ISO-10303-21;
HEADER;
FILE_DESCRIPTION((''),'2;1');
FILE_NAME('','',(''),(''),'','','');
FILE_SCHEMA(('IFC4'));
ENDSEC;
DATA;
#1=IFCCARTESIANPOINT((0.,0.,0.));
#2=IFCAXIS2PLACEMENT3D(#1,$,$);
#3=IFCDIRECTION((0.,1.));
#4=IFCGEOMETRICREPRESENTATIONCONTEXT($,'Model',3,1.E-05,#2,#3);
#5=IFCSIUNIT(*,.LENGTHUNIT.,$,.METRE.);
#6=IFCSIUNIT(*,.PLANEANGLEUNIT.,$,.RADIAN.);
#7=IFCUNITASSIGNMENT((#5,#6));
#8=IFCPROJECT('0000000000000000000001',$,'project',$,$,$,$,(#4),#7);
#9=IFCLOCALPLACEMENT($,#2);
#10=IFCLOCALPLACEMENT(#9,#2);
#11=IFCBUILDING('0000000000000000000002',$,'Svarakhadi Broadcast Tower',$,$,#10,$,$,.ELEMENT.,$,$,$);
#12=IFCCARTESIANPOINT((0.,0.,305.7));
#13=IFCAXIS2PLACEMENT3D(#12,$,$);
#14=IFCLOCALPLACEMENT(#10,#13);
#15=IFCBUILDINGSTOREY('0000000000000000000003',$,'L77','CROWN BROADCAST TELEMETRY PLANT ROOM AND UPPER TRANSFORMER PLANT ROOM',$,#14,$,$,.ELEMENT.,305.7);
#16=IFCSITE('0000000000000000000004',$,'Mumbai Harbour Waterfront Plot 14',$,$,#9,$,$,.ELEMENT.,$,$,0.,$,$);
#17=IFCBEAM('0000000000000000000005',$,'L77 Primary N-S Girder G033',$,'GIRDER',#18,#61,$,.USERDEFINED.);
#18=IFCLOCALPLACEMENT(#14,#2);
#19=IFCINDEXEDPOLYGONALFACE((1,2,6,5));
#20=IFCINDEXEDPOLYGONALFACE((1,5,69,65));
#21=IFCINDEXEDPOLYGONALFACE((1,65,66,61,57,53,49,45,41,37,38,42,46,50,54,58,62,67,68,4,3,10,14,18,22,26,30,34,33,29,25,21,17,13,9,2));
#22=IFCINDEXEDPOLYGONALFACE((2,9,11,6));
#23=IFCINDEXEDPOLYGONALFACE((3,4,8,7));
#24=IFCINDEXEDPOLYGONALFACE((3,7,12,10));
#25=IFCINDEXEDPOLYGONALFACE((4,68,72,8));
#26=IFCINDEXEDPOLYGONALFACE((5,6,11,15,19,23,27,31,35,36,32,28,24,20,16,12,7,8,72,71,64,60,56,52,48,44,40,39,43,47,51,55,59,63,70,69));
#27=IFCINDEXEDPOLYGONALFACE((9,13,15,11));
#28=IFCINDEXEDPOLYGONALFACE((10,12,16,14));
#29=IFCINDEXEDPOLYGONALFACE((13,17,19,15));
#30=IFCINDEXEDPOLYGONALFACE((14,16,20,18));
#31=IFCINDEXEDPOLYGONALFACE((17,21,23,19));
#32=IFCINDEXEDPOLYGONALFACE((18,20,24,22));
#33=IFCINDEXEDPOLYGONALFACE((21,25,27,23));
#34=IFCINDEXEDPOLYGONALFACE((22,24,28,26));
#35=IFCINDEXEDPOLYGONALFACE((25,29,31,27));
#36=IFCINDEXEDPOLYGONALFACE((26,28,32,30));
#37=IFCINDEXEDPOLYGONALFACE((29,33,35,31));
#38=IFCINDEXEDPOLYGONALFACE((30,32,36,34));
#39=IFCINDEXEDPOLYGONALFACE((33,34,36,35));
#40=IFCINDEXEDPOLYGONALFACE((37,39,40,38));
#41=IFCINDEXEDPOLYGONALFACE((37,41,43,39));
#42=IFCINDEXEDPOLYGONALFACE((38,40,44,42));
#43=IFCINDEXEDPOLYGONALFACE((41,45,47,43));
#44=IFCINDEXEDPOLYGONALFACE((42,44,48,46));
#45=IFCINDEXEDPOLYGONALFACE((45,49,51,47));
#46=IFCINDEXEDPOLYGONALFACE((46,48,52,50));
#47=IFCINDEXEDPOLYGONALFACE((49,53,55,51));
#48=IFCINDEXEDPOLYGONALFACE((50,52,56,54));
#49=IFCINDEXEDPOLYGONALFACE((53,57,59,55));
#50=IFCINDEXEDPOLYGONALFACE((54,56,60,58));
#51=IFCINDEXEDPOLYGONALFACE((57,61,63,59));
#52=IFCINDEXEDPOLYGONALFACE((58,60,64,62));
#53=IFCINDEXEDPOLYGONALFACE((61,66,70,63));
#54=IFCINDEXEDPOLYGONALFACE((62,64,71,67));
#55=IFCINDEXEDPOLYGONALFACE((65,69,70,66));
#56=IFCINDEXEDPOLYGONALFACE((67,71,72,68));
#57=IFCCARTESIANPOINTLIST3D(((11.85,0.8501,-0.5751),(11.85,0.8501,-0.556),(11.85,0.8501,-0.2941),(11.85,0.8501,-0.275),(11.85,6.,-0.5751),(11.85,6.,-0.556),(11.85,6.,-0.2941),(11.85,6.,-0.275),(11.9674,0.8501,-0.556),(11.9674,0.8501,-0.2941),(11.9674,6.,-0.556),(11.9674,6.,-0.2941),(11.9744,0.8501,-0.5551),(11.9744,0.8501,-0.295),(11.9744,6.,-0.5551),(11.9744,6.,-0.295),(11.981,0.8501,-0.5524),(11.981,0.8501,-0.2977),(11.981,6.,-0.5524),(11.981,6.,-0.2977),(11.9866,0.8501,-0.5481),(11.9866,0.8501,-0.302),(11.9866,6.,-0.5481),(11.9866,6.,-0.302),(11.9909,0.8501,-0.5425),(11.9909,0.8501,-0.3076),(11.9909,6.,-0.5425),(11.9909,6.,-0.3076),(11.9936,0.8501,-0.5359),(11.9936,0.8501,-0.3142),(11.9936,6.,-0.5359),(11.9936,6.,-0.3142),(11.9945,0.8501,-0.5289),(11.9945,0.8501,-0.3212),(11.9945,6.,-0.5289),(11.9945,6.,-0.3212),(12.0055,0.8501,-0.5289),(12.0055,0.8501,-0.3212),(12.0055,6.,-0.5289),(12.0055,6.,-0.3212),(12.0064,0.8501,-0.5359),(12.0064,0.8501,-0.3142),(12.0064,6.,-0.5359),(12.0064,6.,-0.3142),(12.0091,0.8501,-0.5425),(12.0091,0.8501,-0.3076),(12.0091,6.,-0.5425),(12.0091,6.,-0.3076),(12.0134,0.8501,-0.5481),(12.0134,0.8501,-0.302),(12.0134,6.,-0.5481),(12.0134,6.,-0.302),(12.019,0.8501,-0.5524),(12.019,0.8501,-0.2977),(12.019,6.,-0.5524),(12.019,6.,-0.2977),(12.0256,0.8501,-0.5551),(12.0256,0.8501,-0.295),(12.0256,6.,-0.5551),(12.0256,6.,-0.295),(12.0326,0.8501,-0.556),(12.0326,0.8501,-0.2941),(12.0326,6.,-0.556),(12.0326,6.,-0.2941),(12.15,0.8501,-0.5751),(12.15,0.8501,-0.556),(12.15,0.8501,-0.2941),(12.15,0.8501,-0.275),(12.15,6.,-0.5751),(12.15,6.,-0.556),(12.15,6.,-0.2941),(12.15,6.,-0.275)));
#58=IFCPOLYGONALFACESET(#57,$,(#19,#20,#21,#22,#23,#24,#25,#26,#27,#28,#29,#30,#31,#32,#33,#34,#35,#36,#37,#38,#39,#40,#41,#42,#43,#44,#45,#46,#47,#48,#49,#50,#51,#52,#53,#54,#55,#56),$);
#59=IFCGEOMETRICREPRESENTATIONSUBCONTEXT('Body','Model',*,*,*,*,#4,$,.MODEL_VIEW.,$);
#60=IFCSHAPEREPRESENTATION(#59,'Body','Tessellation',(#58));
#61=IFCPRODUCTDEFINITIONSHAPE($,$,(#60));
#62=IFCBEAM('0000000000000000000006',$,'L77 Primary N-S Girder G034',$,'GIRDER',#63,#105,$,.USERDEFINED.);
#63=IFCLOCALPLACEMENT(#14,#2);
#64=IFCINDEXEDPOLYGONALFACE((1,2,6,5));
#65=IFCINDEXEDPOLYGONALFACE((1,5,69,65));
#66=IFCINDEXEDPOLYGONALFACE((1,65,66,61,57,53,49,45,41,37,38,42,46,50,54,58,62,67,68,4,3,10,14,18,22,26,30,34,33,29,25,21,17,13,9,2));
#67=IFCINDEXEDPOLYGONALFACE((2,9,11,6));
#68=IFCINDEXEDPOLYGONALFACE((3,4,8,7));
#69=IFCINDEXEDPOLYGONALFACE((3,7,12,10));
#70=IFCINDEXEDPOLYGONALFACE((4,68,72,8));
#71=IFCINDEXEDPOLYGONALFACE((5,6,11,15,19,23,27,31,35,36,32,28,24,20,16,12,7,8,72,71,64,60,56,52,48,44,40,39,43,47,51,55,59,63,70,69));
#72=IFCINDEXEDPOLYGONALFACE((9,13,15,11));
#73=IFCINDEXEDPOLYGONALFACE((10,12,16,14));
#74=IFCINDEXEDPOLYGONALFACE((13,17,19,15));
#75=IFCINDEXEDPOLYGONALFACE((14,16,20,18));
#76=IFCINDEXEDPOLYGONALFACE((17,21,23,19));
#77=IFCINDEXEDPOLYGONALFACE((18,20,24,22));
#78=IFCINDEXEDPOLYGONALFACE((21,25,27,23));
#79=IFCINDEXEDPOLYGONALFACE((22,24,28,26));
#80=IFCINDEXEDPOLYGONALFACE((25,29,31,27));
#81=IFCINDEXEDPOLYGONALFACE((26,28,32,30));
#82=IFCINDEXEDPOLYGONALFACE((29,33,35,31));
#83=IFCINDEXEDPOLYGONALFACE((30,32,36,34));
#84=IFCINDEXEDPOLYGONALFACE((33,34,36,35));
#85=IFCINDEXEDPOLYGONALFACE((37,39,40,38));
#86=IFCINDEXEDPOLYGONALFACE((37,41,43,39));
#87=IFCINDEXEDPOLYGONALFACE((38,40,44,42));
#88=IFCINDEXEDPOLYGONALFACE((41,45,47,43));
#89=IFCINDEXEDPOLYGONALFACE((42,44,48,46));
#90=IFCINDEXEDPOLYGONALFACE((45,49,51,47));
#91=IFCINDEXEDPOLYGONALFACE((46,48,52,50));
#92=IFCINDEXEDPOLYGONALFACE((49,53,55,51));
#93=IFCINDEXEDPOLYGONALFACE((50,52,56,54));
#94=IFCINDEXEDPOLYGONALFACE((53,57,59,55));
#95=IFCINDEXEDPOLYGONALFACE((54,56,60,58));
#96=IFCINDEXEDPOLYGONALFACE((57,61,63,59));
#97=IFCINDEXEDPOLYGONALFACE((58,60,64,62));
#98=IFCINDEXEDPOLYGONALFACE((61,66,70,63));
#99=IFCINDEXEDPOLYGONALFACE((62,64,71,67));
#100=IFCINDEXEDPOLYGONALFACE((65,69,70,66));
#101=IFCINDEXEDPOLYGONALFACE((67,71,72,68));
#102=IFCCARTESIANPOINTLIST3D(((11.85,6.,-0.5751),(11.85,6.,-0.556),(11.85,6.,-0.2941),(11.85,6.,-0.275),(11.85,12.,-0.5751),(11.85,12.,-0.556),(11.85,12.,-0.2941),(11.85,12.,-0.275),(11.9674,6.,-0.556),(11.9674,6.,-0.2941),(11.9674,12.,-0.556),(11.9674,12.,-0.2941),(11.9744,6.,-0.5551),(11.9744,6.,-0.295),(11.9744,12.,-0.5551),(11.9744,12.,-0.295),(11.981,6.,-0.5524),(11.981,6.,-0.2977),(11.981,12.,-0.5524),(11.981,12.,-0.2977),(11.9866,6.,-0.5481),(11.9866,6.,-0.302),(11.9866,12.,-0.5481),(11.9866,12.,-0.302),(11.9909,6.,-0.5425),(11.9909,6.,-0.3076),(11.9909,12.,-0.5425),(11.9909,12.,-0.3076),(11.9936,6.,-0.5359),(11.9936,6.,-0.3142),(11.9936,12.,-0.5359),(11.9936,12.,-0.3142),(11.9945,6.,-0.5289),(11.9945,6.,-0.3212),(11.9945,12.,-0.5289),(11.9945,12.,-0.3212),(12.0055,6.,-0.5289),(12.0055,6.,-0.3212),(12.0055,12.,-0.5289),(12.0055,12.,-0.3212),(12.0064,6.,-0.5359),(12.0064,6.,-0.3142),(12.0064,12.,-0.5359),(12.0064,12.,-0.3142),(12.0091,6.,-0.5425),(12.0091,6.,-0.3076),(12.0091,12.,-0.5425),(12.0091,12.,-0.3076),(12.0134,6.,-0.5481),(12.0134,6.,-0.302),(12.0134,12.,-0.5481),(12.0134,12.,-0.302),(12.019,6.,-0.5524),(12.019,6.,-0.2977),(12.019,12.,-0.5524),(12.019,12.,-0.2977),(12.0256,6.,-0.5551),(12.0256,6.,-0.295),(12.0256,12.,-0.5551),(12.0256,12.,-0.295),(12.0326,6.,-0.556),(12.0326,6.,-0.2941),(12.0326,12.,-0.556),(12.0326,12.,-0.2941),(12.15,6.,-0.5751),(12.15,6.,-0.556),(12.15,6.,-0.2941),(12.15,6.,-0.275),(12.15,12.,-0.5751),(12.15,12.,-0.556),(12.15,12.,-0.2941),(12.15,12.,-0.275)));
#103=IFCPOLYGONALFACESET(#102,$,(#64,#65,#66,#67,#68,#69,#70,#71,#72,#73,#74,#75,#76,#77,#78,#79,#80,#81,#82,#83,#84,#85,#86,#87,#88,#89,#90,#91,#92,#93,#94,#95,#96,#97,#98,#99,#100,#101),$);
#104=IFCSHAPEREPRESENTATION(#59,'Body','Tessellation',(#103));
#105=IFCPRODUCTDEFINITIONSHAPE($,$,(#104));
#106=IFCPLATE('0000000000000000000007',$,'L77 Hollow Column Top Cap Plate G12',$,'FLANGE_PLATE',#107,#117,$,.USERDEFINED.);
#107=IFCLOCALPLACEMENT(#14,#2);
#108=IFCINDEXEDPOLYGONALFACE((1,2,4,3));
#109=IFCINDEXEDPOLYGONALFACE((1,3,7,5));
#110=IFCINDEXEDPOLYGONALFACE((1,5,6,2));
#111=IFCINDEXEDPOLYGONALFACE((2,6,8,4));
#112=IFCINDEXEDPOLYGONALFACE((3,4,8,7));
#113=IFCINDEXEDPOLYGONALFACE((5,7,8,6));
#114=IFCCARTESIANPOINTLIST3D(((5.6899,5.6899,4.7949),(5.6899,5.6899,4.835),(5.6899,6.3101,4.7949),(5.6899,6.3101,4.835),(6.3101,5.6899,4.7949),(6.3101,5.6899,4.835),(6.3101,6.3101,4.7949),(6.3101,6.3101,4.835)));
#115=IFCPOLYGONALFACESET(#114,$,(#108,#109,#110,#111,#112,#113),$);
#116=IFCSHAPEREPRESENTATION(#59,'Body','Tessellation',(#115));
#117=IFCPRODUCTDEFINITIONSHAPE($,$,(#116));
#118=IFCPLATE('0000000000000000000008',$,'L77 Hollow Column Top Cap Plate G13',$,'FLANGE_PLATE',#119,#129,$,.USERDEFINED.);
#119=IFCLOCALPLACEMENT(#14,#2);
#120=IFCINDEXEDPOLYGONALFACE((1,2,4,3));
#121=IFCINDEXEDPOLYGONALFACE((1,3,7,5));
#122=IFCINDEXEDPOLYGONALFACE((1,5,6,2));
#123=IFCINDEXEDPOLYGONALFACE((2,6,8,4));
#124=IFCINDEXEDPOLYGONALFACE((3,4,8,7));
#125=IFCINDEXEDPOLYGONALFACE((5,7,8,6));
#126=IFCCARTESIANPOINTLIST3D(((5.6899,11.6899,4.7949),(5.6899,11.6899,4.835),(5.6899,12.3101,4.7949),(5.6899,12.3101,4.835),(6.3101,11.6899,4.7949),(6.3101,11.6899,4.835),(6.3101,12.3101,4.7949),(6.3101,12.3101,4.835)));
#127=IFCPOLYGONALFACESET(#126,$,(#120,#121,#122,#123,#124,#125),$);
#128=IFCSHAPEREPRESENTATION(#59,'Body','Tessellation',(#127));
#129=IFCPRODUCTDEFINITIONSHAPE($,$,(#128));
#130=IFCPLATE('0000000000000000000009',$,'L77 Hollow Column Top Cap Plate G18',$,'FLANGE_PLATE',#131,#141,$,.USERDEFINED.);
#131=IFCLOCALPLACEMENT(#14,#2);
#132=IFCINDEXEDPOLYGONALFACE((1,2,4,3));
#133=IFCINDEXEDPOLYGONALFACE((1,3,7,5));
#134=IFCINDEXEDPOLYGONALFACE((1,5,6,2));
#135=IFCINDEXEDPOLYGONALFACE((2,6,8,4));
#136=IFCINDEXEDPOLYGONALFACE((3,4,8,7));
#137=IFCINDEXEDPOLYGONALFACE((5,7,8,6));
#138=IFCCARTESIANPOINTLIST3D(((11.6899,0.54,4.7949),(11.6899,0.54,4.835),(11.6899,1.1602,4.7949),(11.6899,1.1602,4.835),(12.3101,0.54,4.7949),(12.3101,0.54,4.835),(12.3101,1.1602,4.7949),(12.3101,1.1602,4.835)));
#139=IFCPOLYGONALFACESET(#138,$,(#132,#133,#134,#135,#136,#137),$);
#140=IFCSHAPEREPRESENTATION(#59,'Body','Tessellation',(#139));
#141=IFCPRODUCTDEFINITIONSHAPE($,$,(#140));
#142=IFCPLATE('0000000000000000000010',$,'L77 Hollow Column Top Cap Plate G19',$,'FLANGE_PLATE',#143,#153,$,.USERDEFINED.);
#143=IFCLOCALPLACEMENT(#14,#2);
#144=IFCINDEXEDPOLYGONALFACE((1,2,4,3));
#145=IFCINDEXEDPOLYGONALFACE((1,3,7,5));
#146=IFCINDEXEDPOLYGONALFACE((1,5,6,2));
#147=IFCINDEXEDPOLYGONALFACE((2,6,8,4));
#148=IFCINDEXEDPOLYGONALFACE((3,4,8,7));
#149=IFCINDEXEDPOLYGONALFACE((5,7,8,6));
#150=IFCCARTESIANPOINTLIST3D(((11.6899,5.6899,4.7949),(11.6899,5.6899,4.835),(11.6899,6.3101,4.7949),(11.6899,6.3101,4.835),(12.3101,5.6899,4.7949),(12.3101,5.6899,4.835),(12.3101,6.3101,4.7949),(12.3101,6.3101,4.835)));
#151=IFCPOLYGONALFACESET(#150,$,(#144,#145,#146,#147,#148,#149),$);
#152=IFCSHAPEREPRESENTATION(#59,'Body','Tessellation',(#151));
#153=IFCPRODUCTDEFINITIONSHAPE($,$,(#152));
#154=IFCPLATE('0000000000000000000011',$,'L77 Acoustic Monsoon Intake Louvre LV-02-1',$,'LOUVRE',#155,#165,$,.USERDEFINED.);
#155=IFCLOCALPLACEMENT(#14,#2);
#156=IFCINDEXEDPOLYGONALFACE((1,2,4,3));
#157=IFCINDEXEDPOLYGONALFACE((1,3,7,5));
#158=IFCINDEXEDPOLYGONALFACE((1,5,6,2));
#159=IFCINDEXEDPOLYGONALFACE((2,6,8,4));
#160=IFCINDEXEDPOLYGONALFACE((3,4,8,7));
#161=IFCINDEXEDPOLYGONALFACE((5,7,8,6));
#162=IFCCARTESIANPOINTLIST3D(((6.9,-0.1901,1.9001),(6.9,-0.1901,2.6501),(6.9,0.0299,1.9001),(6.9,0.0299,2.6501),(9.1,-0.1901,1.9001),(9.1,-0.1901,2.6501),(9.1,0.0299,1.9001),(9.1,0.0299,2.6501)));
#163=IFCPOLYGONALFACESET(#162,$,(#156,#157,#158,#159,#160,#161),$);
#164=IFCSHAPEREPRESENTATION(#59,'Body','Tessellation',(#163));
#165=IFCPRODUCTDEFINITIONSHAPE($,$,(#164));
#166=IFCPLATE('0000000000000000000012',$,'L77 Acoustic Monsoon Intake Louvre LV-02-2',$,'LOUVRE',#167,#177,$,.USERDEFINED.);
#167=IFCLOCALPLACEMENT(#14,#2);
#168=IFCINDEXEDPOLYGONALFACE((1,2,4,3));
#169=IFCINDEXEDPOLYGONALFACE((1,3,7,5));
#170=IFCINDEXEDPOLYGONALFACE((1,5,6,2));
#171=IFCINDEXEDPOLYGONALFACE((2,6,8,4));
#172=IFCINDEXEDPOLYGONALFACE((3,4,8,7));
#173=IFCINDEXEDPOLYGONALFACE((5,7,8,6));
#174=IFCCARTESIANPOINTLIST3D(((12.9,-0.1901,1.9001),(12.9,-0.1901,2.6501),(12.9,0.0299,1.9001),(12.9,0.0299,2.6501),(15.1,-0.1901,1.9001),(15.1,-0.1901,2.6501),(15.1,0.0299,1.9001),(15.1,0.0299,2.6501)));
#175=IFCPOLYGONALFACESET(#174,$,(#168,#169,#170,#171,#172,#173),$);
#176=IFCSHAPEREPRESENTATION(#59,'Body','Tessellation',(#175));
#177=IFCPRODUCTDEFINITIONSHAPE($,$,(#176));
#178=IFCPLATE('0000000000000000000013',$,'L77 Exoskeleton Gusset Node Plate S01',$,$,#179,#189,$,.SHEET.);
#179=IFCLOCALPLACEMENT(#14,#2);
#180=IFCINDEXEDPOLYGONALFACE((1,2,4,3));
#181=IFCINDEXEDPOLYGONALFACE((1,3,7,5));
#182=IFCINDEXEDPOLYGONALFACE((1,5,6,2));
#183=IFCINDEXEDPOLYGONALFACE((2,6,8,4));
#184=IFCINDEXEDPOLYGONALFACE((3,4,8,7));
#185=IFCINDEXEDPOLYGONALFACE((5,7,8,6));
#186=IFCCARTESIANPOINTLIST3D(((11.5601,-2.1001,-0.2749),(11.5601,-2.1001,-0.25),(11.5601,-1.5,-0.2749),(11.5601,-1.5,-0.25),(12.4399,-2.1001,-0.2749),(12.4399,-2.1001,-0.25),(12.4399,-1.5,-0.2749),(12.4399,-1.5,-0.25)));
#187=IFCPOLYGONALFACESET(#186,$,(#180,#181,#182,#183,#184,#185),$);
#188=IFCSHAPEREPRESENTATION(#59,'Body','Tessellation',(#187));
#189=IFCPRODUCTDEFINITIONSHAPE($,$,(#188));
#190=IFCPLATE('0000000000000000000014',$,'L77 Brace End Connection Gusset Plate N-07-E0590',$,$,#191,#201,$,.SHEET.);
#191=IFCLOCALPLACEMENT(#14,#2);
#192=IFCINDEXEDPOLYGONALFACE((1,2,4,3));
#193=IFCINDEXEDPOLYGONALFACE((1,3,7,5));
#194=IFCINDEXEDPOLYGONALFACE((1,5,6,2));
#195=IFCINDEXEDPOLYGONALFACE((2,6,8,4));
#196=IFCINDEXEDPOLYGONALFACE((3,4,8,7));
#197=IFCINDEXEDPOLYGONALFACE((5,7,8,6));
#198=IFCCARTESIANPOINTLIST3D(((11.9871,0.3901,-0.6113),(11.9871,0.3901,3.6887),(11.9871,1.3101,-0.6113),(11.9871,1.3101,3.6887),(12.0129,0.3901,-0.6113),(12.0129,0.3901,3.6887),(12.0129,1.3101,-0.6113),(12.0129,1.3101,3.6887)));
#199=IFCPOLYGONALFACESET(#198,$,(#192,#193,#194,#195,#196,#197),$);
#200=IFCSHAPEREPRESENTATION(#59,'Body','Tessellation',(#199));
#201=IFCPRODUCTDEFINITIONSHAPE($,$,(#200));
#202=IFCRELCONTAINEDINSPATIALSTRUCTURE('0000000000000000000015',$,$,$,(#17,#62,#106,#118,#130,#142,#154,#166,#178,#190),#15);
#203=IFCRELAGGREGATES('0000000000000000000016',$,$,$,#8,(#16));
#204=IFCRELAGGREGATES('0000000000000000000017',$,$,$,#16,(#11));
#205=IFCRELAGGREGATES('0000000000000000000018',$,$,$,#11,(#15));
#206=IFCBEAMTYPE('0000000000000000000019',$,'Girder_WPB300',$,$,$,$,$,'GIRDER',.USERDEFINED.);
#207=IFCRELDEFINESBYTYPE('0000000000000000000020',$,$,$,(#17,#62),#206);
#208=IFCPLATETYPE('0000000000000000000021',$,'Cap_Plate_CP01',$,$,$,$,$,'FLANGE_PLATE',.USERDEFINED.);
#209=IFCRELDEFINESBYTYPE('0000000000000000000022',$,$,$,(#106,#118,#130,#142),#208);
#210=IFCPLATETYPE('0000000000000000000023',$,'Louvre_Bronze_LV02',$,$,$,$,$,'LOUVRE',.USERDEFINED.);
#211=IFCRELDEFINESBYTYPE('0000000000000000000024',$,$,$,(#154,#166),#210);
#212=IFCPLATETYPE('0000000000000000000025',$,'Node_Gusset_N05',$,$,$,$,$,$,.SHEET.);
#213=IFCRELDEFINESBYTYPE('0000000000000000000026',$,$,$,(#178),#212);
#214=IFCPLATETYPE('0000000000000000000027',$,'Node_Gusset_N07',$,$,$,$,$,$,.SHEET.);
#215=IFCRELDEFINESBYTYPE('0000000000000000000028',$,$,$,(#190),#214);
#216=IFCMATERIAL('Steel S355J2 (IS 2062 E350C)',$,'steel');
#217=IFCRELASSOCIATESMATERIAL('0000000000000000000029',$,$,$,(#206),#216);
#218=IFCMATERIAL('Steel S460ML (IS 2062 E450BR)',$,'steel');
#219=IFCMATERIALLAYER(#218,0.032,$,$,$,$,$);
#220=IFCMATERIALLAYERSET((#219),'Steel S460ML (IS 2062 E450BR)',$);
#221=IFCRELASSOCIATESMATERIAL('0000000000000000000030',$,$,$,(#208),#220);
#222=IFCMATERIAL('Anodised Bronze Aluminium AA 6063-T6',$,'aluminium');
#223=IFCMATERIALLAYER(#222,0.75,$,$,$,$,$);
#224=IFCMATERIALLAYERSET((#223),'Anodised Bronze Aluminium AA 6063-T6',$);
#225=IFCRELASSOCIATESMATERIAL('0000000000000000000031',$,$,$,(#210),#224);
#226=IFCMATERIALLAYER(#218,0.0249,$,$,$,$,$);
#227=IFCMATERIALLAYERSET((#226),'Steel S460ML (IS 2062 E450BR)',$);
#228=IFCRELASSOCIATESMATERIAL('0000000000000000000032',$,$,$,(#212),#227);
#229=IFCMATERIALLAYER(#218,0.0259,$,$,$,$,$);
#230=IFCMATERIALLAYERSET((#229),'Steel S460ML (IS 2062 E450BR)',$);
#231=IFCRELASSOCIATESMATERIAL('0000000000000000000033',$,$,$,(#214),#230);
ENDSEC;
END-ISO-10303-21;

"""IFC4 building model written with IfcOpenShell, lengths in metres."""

from ifc_helpers import new_model, si_unit, direction, frame, origin, origin_2d, place, context, subcontext, project, spatial, rectangle, i_section, extrude, material, layer, layer_set, material_profile, profile_set, type_object, element, save


model = new_model("IFC4")

# Units and contexts
model_context = context("Model", 3, precision=1e-05, world=origin(), true_north=direction((0.0, 1.0)))
body_context = subcontext(model_context, "Body", "Model", "MODEL_VIEW")
ifc_project = project(units=[si_unit("LENGTHUNIT", "METRE"), si_unit("PLANEANGLEUNIT", "RADIAN")], contexts=[model_context])

# Site, building, storey
site_placement = place(None, origin())
site = spatial("IfcSite", under=ifc_project, at=site_placement, Name="Mumbai Harbour Waterfront Plot 14", CompositionType="ELEMENT", RefElevation=0.0)
building_placement = place(site_placement, origin())
building = spatial("IfcBuilding", under=site, at=building_placement, Name="Svarakhadi Broadcast Tower", CompositionType="ELEMENT")
storey_placement = place(building_placement, frame((0.0, 0.0, 305.7)))
storey = spatial("IfcBuildingStorey", under=building, at=storey_placement, Name="L77", Description="CROWN BROADCAST TELEMETRY PLANT ROOM AND UPPER TRANSFORMER PLANT ROOM", CompositionType="ELEMENT", Elevation=305.7)

# Shared definitions
ifc_material_1 = material(Name="Steel S460ML (IS 2062 E450BR)", Category="steel")

# Shared definitions
ifc_material_2 = material(Name="Steel S355J2 (IS 2062 E350C)", Category="steel")

# Beams
ifc_material_profile_1 = material_profile(ifc_material_2, i_section(OverallWidth=0.3, OverallDepth=0.3, WebThickness=0.011, FlangeThickness=0.019, FilletRadius=0.0271, at=origin_2d()), Name="WPB 300x300x117")
ifc_profile_set_1 = profile_set([ifc_material_profile_1], Name="Steel S355J2 (IS 2062 E350C)")
beam_type_1 = type_object("IfcBeamType", Name="Girder_WPB300", ElementType="GIRDER", PredefinedType="USERDEFINED", material=ifc_profile_set_1)
beam_1_placement = place(storey_placement, frame((12.0, 0.8501, -0.425), z_axis=(0.0, 1.0, 0.0), x_axis=(-1.0, 0.0, 0.0)))
element("IfcBeam", 1, at=beam_1_placement, inside=storey, type_object=beam_type_1, Name="L77 Primary N-S Girder G033", ObjectType="GIRDER", PredefinedType="USERDEFINED", context=body_context, shape_type="SweptSolid", body=[
    extrude(i_section(OverallWidth=0.3, OverallDepth=0.3, WebThickness=0.011, FlangeThickness=0.019, FilletRadius=0.0271, at=origin_2d()), origin(), (0.0, 0.0, 1.0), 5.1499),
])
beam_2_placement = place(storey_placement, frame((12.0, 6.0, -0.425), z_axis=(0.0, 1.0, 0.0), x_axis=(-1.0, 0.0, 0.0)))
element("IfcBeam", 2, at=beam_2_placement, inside=storey, type_object=beam_type_1, Name="L77 Primary N-S Girder G034", ObjectType="GIRDER", PredefinedType="USERDEFINED", context=body_context, shape_type="SweptSolid", body=[
    extrude(i_section(OverallWidth=0.3, OverallDepth=0.3, WebThickness=0.011, FlangeThickness=0.019, FilletRadius=0.0271, at=origin_2d()), origin(), (0.0, 0.0, 1.0), 6.0),
])

# Plates
ifc_layer_1 = layer(ifc_material_1, 0.032)
ifc_layer_set_1 = layer_set([ifc_layer_1], Name="Steel S460ML (IS 2062 E450BR)")
plate_type_1 = type_object("IfcPlateType", Name="Cap_Plate_CP01", ElementType="FLANGE_PLATE", PredefinedType="USERDEFINED", material=ifc_layer_set_1)
for number, where, z_axis, x_axis, name in (
    (3, (6.0, 6.0, 4.7949), (0.0, 0.0, 1.0), (1.0, 0.0, 0.0), "L77 Hollow Column Top Cap Plate G12"),
    (4, (6.0, 12.0, 4.7949), (0.0, 0.0, 1.0), (1.0, 0.0, 0.0), "L77 Hollow Column Top Cap Plate G13"),
    (5, (12.0, 0.8501, 4.7949), (0.0, 0.0, 1.0), (1.0, 0.0, 0.0), "L77 Hollow Column Top Cap Plate G18"),
    (6, (12.0, 6.0, 4.7949), (0.0, 0.0, 1.0), (1.0, 0.0, 0.0), "L77 Hollow Column Top Cap Plate G19"),
):
    element("IfcPlate", number, at=place(storey_placement, frame(where, z_axis=z_axis, x_axis=x_axis)), inside=storey, type_object=plate_type_1, Name=name, ObjectType="FLANGE_PLATE", PredefinedType="USERDEFINED", context=body_context, shape_type="SweptSolid", body=[
        extrude(rectangle(XDim=0.6201, YDim=0.6201, at=origin_2d()), origin(), (0.0, 0.0, 1.0), 0.04),
    ])
ifc_material_3 = material(Name="Anodised Bronze Aluminium AA 6063-T6", Category="aluminium")
ifc_layer_2 = layer(ifc_material_3, 0.75)
ifc_layer_set_2 = layer_set([ifc_layer_2], Name="Anodised Bronze Aluminium AA 6063-T6")
plate_type_2 = type_object("IfcPlateType", Name="Louvre_Bronze_LV02", ElementType="LOUVRE", PredefinedType="USERDEFINED", material=ifc_layer_set_2)
for number, where, z_axis, x_axis, name in (
    (7, (8.0, -0.0801, 1.9001), (0.0, 0.0, 1.0), (1.0, 0.0, 0.0), "L77 Acoustic Monsoon Intake Louvre LV-02-1"),
    (8, (14.0, -0.0801, 1.9001), (0.0, 0.0, 1.0), (1.0, 0.0, 0.0), "L77 Acoustic Monsoon Intake Louvre LV-02-2"),
):
    element("IfcPlate", number, at=place(storey_placement, frame(where, z_axis=z_axis, x_axis=x_axis)), inside=storey, type_object=plate_type_2, Name=name, ObjectType="LOUVRE", PredefinedType="USERDEFINED", context=body_context, shape_type="SweptSolid", body=[
        extrude(rectangle(XDim=2.2, YDim=0.22, at=origin_2d()), origin(), (0.0, 0.0, 1.0), 0.75),
    ])
ifc_layer_3 = layer(ifc_material_1, 0.0249)
ifc_layer_set_3 = layer_set([ifc_layer_3], Name="Steel S460ML (IS 2062 E450BR)")
plate_type_3 = type_object("IfcPlateType", Name="Node_Gusset_N05", PredefinedType="SHEET", material=ifc_layer_set_3)
plate_1_placement = place(storey_placement, frame((12.0, -1.8, -0.2749), z_axis=(0.0, 0.0, 1.0), x_axis=(1.0, 0.0, 0.0)))
element("IfcPlate", 9, at=plate_1_placement, inside=storey, type_object=plate_type_3, Name="L77 Exoskeleton Gusset Node Plate S01", PredefinedType="SHEET", context=body_context, shape_type="SweptSolid", body=[
    extrude(rectangle(XDim=0.8799, YDim=0.6001, at=origin_2d()), origin(), (0.0, 0.0, 1.0), 0.0249),
])
ifc_layer_4 = layer(ifc_material_1, 0.0259)
ifc_layer_set_4 = layer_set([ifc_layer_4], Name="Steel S460ML (IS 2062 E450BR)")
plate_type_4 = type_object("IfcPlateType", Name="Node_Gusset_N07", PredefinedType="SHEET", material=ifc_layer_set_4)
plate_2_placement = place(storey_placement, frame((12.0, 0.8501, -0.6113), z_axis=(0.0, 0.0, 1.0), x_axis=(0.0, 1.0, 0.0)))
element("IfcPlate", 10, at=plate_2_placement, inside=storey, type_object=plate_type_4, Name="L77 Brace End Connection Gusset Plate N-07-E0590", PredefinedType="SHEET", context=body_context, shape_type="SweptSolid", body=[
    extrude(rectangle(XDim=0.9199, YDim=0.0259, at=origin_2d()), origin(), (0.0, 0.0, 1.0), 4.3),
])

save(model, "model.ifc")
